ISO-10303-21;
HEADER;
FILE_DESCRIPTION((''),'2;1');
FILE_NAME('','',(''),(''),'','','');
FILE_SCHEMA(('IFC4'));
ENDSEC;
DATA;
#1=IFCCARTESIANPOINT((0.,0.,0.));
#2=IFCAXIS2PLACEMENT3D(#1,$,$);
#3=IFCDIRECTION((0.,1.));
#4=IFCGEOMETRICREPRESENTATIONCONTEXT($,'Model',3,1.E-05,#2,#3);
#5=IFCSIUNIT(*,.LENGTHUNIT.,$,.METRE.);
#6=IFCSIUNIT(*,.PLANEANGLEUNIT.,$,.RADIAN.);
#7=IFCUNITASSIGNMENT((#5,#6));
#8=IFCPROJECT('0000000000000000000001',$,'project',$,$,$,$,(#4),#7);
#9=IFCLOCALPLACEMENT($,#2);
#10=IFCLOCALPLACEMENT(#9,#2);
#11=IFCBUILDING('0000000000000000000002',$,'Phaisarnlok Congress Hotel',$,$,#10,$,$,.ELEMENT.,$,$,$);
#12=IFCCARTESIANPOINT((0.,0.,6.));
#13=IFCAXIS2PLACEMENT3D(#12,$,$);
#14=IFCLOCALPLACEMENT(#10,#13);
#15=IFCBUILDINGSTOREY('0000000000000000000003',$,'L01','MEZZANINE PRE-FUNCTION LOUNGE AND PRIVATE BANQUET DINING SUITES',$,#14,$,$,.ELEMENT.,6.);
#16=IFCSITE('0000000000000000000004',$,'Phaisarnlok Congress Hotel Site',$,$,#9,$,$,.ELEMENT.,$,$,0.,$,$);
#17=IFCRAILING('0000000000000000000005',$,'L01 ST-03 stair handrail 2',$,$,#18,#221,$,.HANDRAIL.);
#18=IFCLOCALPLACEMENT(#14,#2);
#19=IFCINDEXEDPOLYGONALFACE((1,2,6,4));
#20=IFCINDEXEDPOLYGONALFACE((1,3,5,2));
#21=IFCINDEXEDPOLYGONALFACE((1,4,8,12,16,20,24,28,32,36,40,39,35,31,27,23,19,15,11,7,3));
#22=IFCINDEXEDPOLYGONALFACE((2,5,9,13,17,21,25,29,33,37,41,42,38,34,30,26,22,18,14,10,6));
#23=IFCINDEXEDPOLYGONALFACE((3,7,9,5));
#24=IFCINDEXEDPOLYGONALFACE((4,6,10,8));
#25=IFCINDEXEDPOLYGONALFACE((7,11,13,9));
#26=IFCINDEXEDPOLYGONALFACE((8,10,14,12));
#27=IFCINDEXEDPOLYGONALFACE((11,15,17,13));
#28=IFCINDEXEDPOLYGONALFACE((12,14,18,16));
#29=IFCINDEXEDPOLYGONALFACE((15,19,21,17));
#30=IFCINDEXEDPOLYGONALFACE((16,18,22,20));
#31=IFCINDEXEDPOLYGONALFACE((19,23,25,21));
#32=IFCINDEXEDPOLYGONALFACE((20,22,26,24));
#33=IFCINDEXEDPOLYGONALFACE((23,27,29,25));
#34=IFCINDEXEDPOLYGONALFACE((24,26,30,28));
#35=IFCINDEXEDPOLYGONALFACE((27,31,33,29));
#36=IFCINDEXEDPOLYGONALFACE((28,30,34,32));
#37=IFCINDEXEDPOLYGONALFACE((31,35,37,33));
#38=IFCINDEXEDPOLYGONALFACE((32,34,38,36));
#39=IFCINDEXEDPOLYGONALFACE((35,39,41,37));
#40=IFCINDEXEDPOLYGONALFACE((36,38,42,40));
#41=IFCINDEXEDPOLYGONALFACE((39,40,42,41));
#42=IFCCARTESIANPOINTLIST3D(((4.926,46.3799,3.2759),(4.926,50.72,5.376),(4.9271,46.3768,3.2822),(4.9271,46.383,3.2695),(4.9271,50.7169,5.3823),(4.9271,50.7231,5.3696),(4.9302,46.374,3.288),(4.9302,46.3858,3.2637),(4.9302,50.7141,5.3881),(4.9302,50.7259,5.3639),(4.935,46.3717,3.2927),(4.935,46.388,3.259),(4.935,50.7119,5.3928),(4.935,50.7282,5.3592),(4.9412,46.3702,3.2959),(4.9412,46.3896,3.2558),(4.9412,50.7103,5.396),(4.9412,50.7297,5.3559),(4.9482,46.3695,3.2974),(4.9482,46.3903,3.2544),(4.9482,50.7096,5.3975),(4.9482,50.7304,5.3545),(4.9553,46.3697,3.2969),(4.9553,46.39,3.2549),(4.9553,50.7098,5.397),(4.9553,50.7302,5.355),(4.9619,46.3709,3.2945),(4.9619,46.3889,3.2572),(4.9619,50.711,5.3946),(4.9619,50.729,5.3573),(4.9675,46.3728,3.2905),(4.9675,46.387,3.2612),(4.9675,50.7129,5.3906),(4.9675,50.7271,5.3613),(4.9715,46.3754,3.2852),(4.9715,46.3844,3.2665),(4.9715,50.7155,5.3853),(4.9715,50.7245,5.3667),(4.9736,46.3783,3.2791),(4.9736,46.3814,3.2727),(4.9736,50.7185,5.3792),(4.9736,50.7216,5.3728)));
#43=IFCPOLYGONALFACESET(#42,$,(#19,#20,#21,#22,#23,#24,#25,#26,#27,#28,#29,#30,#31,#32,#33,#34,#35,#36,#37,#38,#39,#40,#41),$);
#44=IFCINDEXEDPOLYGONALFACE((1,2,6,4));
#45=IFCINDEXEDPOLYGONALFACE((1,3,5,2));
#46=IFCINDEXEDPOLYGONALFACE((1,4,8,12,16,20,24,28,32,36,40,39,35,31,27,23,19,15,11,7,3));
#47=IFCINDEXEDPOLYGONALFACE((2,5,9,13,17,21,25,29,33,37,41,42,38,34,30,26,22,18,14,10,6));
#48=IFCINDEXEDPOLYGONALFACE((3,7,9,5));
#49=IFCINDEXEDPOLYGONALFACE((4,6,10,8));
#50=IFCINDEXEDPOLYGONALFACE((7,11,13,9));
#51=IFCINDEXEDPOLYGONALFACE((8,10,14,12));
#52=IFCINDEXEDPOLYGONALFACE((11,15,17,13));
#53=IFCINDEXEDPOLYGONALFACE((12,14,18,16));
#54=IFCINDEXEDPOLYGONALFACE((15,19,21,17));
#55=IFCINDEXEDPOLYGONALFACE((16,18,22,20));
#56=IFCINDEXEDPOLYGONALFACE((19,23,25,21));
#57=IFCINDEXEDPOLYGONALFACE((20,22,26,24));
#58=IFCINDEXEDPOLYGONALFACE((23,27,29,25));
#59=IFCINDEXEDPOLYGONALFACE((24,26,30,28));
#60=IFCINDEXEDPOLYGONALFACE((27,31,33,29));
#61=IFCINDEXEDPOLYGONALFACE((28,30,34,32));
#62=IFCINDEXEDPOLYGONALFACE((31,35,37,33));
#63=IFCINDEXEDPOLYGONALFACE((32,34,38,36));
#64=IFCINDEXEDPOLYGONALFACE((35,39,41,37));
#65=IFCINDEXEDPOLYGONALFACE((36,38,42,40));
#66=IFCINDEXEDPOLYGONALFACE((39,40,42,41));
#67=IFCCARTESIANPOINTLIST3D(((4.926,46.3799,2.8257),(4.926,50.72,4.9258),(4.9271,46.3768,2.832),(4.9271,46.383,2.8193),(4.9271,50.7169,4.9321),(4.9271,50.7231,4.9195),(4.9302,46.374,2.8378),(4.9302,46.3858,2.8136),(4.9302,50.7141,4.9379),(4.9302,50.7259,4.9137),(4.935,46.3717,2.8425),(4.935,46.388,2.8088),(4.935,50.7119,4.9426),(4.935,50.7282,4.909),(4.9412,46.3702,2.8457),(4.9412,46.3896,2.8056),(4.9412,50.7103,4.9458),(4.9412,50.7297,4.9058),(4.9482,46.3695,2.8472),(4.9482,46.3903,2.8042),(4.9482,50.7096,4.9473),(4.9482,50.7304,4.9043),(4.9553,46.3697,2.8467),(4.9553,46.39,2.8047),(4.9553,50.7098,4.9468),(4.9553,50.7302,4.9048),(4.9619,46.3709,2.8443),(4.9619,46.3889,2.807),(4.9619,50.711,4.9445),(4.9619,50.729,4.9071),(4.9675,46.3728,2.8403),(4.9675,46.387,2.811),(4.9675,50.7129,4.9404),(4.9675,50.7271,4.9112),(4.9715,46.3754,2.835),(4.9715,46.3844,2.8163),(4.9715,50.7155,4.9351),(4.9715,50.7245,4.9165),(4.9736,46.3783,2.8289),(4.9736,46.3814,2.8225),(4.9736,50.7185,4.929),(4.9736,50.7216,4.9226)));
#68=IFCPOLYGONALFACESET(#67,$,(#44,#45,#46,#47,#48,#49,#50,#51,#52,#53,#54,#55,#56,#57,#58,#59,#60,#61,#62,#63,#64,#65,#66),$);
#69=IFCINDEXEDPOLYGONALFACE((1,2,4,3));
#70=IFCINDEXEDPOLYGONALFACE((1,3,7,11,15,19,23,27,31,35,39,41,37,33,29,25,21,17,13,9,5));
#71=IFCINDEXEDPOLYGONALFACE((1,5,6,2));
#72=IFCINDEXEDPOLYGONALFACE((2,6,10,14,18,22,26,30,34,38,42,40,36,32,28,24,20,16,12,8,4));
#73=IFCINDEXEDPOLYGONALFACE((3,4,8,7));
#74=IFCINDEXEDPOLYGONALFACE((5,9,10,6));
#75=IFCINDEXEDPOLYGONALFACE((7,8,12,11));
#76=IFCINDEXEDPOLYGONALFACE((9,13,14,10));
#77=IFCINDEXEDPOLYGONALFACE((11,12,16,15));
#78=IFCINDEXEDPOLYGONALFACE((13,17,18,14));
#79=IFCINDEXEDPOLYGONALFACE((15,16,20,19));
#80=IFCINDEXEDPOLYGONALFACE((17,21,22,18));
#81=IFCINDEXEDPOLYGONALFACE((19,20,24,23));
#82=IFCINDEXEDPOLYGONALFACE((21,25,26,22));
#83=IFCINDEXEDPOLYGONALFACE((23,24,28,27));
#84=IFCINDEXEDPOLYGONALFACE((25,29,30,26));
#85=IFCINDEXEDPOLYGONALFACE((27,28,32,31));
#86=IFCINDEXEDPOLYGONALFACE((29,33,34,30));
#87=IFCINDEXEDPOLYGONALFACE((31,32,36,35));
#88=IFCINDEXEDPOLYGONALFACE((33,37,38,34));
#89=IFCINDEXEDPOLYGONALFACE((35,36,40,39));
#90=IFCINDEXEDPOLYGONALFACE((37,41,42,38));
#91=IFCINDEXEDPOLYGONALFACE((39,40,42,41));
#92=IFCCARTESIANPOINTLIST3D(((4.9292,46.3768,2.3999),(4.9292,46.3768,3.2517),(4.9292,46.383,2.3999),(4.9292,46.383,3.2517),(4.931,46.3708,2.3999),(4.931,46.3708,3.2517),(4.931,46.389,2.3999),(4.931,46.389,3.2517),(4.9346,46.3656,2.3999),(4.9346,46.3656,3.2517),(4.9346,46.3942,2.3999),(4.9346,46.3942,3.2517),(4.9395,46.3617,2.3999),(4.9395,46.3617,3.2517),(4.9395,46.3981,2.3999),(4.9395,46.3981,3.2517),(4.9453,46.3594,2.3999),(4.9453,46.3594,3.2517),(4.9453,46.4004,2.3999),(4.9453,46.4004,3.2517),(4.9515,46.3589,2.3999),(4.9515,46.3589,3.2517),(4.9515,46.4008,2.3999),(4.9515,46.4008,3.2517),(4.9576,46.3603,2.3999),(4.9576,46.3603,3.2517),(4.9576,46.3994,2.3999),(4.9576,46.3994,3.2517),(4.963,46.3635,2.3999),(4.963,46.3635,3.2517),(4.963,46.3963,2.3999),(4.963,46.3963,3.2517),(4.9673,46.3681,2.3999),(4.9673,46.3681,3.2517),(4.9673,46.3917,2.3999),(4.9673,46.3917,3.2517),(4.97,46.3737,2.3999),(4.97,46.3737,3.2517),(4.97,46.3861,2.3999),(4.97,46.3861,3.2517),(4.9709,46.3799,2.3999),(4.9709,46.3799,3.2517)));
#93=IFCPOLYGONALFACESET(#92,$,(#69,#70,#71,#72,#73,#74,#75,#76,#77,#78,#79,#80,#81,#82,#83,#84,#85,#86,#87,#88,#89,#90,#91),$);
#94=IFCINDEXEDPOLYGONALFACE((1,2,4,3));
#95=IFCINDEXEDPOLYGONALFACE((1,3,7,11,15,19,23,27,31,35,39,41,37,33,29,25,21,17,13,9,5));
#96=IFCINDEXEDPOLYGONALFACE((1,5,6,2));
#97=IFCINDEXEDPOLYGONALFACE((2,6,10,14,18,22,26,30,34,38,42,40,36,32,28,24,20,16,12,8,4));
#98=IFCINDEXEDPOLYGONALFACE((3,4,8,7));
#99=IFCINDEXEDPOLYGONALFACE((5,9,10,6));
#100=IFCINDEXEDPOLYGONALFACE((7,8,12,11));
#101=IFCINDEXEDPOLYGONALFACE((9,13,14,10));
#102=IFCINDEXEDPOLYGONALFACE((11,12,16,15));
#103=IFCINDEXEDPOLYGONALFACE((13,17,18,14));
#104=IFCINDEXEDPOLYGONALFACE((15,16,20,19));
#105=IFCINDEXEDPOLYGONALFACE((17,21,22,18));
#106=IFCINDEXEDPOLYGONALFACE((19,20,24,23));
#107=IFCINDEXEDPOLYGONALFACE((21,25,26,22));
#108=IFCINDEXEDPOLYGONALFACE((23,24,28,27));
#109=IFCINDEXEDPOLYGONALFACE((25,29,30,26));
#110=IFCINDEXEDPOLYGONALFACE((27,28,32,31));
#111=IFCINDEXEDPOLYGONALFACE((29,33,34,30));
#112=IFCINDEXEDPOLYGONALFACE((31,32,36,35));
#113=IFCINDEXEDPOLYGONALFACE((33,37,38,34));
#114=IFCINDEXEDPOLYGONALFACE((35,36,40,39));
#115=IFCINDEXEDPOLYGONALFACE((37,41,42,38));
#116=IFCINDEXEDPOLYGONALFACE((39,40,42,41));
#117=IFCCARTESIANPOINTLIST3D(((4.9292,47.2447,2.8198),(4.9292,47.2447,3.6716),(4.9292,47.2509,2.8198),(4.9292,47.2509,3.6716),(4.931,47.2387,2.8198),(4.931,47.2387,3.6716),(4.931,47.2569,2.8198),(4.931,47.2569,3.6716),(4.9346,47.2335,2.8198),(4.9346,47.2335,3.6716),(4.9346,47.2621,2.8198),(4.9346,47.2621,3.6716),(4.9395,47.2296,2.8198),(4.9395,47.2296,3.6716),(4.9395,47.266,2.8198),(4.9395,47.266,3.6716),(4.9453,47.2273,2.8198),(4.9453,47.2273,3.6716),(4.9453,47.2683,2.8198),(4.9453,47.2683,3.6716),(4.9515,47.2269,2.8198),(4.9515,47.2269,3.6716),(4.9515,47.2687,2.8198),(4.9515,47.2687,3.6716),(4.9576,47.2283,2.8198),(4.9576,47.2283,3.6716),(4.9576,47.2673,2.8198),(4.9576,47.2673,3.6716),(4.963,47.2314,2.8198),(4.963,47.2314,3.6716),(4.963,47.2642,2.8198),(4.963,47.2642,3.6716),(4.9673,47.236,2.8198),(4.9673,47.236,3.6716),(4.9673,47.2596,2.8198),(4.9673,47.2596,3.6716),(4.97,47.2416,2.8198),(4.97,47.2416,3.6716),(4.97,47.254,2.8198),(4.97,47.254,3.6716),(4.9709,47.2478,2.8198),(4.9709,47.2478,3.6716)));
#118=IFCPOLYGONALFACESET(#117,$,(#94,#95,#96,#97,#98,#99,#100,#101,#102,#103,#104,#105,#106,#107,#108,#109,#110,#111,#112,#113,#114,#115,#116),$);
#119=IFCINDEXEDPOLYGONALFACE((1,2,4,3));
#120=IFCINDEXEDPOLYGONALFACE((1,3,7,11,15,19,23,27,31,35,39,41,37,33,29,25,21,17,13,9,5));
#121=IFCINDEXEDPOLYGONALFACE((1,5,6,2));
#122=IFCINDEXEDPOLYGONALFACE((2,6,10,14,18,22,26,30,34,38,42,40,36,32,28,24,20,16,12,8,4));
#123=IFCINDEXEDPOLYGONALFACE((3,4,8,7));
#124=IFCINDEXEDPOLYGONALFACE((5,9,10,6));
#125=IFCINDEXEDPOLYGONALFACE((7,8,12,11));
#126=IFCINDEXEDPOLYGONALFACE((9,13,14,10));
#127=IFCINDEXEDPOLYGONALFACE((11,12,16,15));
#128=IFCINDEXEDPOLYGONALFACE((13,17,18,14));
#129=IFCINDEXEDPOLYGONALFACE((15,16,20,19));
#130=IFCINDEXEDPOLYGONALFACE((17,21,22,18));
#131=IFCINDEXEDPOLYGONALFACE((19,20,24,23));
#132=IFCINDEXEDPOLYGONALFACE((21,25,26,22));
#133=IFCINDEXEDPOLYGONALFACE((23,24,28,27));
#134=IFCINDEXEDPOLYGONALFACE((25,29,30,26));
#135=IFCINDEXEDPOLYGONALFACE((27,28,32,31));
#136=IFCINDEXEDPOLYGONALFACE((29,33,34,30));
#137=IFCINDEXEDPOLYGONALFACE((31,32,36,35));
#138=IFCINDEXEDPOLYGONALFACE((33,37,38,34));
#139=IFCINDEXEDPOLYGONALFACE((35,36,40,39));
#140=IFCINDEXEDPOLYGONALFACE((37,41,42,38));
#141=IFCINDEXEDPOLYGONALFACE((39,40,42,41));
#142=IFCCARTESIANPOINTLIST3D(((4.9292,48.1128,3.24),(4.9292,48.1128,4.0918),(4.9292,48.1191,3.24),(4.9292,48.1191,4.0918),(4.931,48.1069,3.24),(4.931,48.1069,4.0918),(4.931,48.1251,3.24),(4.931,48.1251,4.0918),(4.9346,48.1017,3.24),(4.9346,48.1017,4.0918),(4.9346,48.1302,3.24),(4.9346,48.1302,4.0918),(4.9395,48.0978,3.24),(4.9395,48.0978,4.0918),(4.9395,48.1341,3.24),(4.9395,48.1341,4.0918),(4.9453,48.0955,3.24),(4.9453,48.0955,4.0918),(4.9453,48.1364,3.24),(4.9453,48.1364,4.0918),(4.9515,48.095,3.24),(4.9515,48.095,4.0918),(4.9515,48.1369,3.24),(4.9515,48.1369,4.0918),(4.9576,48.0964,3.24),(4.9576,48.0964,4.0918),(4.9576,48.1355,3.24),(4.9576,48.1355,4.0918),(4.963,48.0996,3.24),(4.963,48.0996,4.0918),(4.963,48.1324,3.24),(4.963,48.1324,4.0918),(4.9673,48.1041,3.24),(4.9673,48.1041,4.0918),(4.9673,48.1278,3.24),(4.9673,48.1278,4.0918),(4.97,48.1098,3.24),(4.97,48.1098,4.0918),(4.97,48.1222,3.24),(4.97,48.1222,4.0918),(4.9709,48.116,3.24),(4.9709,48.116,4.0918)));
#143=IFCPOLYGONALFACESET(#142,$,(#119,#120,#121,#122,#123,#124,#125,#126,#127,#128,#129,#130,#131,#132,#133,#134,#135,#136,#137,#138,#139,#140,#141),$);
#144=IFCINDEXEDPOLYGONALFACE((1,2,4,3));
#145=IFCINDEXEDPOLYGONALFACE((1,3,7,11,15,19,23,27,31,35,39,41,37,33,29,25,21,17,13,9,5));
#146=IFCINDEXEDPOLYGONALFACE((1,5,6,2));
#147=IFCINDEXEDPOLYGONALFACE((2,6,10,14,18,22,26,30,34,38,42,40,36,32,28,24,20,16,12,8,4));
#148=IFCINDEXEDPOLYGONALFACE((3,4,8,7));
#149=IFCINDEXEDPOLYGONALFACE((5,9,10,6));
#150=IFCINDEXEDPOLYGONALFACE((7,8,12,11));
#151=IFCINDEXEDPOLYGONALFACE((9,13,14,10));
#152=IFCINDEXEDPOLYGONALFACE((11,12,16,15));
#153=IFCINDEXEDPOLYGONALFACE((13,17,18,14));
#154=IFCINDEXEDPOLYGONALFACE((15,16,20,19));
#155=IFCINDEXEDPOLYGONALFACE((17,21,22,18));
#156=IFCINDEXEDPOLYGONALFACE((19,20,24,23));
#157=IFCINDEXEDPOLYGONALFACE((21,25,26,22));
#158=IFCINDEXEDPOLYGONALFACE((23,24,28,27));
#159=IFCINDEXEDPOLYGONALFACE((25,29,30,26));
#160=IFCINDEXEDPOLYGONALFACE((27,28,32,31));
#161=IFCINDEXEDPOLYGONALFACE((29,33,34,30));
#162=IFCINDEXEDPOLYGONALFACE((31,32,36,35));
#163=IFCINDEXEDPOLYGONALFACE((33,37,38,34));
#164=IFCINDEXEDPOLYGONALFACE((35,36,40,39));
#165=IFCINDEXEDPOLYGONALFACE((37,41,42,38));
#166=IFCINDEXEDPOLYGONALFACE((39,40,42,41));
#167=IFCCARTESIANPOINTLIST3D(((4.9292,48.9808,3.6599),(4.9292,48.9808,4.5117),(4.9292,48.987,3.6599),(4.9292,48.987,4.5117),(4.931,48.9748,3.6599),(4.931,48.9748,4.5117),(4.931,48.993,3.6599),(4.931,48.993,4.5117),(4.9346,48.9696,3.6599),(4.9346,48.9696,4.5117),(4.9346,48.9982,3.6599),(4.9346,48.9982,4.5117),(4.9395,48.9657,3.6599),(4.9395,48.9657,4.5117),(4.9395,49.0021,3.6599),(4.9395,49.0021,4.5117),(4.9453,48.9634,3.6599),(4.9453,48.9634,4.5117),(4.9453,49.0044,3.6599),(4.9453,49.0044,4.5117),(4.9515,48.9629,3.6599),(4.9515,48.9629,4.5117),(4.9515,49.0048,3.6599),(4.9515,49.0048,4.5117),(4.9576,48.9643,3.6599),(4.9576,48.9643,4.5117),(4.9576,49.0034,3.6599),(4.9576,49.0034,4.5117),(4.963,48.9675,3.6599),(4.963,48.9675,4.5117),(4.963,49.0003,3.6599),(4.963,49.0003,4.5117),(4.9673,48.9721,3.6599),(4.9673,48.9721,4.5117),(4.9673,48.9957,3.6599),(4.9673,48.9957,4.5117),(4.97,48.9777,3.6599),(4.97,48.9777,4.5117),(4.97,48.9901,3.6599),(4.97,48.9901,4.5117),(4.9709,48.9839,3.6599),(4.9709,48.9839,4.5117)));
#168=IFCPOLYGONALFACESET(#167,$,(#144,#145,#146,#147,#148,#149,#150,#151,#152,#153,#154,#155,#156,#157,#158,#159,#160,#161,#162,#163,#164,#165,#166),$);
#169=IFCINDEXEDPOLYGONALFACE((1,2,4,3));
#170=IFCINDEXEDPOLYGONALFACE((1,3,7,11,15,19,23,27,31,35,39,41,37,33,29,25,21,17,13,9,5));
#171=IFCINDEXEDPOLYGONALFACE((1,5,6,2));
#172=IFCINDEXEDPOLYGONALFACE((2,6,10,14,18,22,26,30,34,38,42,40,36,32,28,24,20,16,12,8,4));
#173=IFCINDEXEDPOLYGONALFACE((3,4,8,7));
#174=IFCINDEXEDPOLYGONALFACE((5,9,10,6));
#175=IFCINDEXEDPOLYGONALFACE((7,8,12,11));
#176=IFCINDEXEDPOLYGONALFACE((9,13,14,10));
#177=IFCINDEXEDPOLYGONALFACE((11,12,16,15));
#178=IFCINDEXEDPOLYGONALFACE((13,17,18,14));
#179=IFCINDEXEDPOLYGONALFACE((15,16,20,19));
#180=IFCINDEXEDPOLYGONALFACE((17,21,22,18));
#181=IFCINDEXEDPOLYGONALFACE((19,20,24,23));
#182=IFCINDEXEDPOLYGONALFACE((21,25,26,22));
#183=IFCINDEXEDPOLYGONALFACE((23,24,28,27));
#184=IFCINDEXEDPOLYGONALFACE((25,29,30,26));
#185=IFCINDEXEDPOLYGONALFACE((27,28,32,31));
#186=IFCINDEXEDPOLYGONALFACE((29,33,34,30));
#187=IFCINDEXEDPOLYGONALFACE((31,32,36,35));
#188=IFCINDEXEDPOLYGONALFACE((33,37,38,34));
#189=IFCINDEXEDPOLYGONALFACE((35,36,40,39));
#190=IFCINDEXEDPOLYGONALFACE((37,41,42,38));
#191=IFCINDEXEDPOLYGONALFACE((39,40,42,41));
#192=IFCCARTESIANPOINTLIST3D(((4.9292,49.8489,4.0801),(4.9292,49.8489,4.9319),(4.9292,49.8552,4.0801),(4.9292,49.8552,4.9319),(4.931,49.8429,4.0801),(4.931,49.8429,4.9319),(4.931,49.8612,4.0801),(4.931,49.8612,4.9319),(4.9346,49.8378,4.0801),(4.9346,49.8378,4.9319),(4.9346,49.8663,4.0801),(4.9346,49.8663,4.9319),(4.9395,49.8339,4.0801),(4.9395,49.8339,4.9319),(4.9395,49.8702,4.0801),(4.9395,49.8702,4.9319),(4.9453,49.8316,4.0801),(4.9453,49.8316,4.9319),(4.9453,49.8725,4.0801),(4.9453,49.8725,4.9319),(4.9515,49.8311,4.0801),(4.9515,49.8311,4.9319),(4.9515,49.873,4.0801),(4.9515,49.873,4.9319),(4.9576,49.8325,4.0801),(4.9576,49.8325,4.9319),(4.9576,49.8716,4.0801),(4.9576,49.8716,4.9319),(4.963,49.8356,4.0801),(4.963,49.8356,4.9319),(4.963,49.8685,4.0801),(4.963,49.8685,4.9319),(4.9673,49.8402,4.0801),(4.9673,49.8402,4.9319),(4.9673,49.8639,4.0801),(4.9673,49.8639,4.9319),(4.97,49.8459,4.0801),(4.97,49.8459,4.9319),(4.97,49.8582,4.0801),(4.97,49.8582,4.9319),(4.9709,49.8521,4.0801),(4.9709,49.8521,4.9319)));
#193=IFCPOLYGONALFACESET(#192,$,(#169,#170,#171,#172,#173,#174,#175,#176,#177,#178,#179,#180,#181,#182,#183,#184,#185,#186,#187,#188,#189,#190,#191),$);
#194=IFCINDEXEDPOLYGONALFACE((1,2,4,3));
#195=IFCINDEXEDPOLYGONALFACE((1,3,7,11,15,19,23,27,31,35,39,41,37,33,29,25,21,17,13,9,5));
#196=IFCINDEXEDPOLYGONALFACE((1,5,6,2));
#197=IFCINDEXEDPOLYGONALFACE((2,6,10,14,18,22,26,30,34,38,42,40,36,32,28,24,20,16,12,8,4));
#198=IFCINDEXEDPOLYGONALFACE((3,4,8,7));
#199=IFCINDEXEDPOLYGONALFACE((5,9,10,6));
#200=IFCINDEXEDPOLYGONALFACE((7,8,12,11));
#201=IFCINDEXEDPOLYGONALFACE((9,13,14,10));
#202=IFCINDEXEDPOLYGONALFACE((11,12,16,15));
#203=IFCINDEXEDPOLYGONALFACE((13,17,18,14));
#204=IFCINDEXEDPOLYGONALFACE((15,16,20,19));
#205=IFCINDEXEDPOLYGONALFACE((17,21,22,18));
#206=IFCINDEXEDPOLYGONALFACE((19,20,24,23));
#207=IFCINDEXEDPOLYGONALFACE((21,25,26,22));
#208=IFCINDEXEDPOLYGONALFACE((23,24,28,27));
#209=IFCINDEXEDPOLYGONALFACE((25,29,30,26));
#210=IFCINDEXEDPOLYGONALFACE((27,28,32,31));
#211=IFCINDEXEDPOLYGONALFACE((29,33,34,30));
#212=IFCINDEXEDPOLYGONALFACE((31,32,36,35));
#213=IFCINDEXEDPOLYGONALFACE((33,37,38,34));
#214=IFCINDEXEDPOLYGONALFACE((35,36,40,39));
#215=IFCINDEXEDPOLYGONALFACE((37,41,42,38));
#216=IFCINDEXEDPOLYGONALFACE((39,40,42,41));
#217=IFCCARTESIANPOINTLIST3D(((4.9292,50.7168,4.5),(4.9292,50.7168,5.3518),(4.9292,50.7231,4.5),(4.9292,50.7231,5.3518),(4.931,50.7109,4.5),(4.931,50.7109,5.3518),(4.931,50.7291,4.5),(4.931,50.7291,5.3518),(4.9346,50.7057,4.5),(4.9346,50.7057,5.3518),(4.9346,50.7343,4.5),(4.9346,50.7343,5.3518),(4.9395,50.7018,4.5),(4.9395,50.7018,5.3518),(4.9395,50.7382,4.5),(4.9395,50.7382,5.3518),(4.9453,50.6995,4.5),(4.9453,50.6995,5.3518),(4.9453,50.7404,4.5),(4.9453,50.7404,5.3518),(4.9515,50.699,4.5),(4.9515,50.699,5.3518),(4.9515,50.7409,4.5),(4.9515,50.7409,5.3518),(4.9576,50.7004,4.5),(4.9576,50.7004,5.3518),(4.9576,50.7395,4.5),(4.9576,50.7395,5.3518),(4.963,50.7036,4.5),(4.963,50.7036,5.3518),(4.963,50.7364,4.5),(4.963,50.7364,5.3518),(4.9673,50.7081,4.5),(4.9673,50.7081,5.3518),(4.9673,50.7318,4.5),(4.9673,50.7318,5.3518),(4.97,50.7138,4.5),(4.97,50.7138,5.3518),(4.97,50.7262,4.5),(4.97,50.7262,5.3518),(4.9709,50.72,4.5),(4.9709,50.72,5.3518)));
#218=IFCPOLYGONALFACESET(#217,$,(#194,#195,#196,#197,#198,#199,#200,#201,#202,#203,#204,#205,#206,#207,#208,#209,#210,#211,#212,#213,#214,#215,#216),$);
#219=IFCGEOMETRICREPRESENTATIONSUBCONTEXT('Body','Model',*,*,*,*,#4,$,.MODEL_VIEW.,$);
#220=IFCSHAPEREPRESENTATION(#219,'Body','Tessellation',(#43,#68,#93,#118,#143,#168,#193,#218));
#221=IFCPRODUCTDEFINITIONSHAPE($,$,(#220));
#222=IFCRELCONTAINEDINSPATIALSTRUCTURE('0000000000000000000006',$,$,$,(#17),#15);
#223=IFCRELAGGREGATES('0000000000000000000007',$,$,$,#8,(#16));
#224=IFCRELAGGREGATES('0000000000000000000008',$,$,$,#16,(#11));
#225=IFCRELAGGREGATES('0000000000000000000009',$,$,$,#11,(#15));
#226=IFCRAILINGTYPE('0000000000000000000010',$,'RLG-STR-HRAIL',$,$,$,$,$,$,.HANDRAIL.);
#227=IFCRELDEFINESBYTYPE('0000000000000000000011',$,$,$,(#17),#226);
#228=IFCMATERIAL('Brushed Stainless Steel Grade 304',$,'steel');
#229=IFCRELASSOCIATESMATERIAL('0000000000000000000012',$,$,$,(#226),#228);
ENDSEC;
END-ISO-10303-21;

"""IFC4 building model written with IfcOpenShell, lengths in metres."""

from ifc_helpers import new_model, si_unit, direction, frame, origin, origin_2d, place, context, subcontext, project, spatial, circle, extrude, material, type_object, element, save


model = new_model("IFC4")

# Units and contexts
model_context = context("Model", 3, precision=1e-05, world=origin(), true_north=direction((0.0, 1.0)))
body_context = subcontext(model_context, "Body", "Model", "MODEL_VIEW")
ifc_project = project(units=[si_unit("LENGTHUNIT", "METRE"), si_unit("PLANEANGLEUNIT", "RADIAN")], contexts=[model_context])

# Site, building, storey
site_placement = place(None, origin())
site = spatial("IfcSite", under=ifc_project, at=site_placement, Name="Phaisarnlok Congress Hotel Site", CompositionType="ELEMENT", RefElevation=0.0)
building_placement = place(site_placement, origin())
building = spatial("IfcBuilding", under=site, at=building_placement, Name="Phaisarnlok Congress Hotel", CompositionType="ELEMENT")
storey_placement = place(building_placement, frame((0.0, 0.0, 6.0)))
storey = spatial("IfcBuildingStorey", under=building, at=storey_placement, Name="L01", Description="MEZZANINE PRE-FUNCTION LOUNGE AND PRIVATE BANQUET DINING SUITES", CompositionType="ELEMENT", Elevation=6.0)

# Railing
ifc_material_1 = material(Name="Brushed Stainless Steel Grade 304", Category="steel")
railing_type_1 = type_object("IfcRailingType", Name="RLG-STR-HRAIL", PredefinedType="HANDRAIL", material=ifc_material_1)
railing_1_placement = place(storey_placement, frame((4.95, 46.3799, 2.3999)))
element("IfcRailing", 1, at=railing_1_placement, inside=storey, type_object=railing_type_1, Name="L01 ST-03 stair handrail 2", PredefinedType="HANDRAIL", context=body_context, shape_type="SweptSolid", body=[
    extrude(circle(Radius=0.0239, at=origin_2d()), frame((0.0, 0.0, 0.876), z_axis=(0.0, 0.900155, 0.43557), x_axis=(-1.0, 0.0, 0.0)), (0.0, 0.0, 1.0), 4.8215),
    extrude(circle(Radius=0.0239, at=origin_2d()), frame((0.0, 0.0, 0.4258), z_axis=(0.0, 0.900155, 0.43557), x_axis=(-1.0, 0.0, 0.0)), (0.0, 0.0, 1.0), 4.8215),
    extrude(circle(Radius=0.021, at=origin_2d()), origin(), (0.0, 0.0, 1.0), 0.8518),
    extrude(circle(Radius=0.021, at=origin_2d()), frame((0.0, 0.8679, 0.4199)), (0.0, 0.0, 1.0), 0.8518),
    extrude(circle(Radius=0.021, at=origin_2d()), frame((0.0, 1.7361, 0.8401)), (0.0, 0.0, 1.0), 0.8518),
    extrude(circle(Radius=0.021, at=origin_2d()), frame((0.0, 2.604, 1.26)), (0.0, 0.0, 1.0), 0.8518),
    extrude(circle(Radius=0.021, at=origin_2d()), frame((0.0, 3.4722, 1.6802)), (0.0, 0.0, 1.0), 0.8518),
    extrude(circle(Radius=0.021, at=origin_2d()), frame((0.0, 4.3401, 2.1001)), (0.0, 0.0, 1.0), 0.8518),
])

save(model, "model.ifc")
